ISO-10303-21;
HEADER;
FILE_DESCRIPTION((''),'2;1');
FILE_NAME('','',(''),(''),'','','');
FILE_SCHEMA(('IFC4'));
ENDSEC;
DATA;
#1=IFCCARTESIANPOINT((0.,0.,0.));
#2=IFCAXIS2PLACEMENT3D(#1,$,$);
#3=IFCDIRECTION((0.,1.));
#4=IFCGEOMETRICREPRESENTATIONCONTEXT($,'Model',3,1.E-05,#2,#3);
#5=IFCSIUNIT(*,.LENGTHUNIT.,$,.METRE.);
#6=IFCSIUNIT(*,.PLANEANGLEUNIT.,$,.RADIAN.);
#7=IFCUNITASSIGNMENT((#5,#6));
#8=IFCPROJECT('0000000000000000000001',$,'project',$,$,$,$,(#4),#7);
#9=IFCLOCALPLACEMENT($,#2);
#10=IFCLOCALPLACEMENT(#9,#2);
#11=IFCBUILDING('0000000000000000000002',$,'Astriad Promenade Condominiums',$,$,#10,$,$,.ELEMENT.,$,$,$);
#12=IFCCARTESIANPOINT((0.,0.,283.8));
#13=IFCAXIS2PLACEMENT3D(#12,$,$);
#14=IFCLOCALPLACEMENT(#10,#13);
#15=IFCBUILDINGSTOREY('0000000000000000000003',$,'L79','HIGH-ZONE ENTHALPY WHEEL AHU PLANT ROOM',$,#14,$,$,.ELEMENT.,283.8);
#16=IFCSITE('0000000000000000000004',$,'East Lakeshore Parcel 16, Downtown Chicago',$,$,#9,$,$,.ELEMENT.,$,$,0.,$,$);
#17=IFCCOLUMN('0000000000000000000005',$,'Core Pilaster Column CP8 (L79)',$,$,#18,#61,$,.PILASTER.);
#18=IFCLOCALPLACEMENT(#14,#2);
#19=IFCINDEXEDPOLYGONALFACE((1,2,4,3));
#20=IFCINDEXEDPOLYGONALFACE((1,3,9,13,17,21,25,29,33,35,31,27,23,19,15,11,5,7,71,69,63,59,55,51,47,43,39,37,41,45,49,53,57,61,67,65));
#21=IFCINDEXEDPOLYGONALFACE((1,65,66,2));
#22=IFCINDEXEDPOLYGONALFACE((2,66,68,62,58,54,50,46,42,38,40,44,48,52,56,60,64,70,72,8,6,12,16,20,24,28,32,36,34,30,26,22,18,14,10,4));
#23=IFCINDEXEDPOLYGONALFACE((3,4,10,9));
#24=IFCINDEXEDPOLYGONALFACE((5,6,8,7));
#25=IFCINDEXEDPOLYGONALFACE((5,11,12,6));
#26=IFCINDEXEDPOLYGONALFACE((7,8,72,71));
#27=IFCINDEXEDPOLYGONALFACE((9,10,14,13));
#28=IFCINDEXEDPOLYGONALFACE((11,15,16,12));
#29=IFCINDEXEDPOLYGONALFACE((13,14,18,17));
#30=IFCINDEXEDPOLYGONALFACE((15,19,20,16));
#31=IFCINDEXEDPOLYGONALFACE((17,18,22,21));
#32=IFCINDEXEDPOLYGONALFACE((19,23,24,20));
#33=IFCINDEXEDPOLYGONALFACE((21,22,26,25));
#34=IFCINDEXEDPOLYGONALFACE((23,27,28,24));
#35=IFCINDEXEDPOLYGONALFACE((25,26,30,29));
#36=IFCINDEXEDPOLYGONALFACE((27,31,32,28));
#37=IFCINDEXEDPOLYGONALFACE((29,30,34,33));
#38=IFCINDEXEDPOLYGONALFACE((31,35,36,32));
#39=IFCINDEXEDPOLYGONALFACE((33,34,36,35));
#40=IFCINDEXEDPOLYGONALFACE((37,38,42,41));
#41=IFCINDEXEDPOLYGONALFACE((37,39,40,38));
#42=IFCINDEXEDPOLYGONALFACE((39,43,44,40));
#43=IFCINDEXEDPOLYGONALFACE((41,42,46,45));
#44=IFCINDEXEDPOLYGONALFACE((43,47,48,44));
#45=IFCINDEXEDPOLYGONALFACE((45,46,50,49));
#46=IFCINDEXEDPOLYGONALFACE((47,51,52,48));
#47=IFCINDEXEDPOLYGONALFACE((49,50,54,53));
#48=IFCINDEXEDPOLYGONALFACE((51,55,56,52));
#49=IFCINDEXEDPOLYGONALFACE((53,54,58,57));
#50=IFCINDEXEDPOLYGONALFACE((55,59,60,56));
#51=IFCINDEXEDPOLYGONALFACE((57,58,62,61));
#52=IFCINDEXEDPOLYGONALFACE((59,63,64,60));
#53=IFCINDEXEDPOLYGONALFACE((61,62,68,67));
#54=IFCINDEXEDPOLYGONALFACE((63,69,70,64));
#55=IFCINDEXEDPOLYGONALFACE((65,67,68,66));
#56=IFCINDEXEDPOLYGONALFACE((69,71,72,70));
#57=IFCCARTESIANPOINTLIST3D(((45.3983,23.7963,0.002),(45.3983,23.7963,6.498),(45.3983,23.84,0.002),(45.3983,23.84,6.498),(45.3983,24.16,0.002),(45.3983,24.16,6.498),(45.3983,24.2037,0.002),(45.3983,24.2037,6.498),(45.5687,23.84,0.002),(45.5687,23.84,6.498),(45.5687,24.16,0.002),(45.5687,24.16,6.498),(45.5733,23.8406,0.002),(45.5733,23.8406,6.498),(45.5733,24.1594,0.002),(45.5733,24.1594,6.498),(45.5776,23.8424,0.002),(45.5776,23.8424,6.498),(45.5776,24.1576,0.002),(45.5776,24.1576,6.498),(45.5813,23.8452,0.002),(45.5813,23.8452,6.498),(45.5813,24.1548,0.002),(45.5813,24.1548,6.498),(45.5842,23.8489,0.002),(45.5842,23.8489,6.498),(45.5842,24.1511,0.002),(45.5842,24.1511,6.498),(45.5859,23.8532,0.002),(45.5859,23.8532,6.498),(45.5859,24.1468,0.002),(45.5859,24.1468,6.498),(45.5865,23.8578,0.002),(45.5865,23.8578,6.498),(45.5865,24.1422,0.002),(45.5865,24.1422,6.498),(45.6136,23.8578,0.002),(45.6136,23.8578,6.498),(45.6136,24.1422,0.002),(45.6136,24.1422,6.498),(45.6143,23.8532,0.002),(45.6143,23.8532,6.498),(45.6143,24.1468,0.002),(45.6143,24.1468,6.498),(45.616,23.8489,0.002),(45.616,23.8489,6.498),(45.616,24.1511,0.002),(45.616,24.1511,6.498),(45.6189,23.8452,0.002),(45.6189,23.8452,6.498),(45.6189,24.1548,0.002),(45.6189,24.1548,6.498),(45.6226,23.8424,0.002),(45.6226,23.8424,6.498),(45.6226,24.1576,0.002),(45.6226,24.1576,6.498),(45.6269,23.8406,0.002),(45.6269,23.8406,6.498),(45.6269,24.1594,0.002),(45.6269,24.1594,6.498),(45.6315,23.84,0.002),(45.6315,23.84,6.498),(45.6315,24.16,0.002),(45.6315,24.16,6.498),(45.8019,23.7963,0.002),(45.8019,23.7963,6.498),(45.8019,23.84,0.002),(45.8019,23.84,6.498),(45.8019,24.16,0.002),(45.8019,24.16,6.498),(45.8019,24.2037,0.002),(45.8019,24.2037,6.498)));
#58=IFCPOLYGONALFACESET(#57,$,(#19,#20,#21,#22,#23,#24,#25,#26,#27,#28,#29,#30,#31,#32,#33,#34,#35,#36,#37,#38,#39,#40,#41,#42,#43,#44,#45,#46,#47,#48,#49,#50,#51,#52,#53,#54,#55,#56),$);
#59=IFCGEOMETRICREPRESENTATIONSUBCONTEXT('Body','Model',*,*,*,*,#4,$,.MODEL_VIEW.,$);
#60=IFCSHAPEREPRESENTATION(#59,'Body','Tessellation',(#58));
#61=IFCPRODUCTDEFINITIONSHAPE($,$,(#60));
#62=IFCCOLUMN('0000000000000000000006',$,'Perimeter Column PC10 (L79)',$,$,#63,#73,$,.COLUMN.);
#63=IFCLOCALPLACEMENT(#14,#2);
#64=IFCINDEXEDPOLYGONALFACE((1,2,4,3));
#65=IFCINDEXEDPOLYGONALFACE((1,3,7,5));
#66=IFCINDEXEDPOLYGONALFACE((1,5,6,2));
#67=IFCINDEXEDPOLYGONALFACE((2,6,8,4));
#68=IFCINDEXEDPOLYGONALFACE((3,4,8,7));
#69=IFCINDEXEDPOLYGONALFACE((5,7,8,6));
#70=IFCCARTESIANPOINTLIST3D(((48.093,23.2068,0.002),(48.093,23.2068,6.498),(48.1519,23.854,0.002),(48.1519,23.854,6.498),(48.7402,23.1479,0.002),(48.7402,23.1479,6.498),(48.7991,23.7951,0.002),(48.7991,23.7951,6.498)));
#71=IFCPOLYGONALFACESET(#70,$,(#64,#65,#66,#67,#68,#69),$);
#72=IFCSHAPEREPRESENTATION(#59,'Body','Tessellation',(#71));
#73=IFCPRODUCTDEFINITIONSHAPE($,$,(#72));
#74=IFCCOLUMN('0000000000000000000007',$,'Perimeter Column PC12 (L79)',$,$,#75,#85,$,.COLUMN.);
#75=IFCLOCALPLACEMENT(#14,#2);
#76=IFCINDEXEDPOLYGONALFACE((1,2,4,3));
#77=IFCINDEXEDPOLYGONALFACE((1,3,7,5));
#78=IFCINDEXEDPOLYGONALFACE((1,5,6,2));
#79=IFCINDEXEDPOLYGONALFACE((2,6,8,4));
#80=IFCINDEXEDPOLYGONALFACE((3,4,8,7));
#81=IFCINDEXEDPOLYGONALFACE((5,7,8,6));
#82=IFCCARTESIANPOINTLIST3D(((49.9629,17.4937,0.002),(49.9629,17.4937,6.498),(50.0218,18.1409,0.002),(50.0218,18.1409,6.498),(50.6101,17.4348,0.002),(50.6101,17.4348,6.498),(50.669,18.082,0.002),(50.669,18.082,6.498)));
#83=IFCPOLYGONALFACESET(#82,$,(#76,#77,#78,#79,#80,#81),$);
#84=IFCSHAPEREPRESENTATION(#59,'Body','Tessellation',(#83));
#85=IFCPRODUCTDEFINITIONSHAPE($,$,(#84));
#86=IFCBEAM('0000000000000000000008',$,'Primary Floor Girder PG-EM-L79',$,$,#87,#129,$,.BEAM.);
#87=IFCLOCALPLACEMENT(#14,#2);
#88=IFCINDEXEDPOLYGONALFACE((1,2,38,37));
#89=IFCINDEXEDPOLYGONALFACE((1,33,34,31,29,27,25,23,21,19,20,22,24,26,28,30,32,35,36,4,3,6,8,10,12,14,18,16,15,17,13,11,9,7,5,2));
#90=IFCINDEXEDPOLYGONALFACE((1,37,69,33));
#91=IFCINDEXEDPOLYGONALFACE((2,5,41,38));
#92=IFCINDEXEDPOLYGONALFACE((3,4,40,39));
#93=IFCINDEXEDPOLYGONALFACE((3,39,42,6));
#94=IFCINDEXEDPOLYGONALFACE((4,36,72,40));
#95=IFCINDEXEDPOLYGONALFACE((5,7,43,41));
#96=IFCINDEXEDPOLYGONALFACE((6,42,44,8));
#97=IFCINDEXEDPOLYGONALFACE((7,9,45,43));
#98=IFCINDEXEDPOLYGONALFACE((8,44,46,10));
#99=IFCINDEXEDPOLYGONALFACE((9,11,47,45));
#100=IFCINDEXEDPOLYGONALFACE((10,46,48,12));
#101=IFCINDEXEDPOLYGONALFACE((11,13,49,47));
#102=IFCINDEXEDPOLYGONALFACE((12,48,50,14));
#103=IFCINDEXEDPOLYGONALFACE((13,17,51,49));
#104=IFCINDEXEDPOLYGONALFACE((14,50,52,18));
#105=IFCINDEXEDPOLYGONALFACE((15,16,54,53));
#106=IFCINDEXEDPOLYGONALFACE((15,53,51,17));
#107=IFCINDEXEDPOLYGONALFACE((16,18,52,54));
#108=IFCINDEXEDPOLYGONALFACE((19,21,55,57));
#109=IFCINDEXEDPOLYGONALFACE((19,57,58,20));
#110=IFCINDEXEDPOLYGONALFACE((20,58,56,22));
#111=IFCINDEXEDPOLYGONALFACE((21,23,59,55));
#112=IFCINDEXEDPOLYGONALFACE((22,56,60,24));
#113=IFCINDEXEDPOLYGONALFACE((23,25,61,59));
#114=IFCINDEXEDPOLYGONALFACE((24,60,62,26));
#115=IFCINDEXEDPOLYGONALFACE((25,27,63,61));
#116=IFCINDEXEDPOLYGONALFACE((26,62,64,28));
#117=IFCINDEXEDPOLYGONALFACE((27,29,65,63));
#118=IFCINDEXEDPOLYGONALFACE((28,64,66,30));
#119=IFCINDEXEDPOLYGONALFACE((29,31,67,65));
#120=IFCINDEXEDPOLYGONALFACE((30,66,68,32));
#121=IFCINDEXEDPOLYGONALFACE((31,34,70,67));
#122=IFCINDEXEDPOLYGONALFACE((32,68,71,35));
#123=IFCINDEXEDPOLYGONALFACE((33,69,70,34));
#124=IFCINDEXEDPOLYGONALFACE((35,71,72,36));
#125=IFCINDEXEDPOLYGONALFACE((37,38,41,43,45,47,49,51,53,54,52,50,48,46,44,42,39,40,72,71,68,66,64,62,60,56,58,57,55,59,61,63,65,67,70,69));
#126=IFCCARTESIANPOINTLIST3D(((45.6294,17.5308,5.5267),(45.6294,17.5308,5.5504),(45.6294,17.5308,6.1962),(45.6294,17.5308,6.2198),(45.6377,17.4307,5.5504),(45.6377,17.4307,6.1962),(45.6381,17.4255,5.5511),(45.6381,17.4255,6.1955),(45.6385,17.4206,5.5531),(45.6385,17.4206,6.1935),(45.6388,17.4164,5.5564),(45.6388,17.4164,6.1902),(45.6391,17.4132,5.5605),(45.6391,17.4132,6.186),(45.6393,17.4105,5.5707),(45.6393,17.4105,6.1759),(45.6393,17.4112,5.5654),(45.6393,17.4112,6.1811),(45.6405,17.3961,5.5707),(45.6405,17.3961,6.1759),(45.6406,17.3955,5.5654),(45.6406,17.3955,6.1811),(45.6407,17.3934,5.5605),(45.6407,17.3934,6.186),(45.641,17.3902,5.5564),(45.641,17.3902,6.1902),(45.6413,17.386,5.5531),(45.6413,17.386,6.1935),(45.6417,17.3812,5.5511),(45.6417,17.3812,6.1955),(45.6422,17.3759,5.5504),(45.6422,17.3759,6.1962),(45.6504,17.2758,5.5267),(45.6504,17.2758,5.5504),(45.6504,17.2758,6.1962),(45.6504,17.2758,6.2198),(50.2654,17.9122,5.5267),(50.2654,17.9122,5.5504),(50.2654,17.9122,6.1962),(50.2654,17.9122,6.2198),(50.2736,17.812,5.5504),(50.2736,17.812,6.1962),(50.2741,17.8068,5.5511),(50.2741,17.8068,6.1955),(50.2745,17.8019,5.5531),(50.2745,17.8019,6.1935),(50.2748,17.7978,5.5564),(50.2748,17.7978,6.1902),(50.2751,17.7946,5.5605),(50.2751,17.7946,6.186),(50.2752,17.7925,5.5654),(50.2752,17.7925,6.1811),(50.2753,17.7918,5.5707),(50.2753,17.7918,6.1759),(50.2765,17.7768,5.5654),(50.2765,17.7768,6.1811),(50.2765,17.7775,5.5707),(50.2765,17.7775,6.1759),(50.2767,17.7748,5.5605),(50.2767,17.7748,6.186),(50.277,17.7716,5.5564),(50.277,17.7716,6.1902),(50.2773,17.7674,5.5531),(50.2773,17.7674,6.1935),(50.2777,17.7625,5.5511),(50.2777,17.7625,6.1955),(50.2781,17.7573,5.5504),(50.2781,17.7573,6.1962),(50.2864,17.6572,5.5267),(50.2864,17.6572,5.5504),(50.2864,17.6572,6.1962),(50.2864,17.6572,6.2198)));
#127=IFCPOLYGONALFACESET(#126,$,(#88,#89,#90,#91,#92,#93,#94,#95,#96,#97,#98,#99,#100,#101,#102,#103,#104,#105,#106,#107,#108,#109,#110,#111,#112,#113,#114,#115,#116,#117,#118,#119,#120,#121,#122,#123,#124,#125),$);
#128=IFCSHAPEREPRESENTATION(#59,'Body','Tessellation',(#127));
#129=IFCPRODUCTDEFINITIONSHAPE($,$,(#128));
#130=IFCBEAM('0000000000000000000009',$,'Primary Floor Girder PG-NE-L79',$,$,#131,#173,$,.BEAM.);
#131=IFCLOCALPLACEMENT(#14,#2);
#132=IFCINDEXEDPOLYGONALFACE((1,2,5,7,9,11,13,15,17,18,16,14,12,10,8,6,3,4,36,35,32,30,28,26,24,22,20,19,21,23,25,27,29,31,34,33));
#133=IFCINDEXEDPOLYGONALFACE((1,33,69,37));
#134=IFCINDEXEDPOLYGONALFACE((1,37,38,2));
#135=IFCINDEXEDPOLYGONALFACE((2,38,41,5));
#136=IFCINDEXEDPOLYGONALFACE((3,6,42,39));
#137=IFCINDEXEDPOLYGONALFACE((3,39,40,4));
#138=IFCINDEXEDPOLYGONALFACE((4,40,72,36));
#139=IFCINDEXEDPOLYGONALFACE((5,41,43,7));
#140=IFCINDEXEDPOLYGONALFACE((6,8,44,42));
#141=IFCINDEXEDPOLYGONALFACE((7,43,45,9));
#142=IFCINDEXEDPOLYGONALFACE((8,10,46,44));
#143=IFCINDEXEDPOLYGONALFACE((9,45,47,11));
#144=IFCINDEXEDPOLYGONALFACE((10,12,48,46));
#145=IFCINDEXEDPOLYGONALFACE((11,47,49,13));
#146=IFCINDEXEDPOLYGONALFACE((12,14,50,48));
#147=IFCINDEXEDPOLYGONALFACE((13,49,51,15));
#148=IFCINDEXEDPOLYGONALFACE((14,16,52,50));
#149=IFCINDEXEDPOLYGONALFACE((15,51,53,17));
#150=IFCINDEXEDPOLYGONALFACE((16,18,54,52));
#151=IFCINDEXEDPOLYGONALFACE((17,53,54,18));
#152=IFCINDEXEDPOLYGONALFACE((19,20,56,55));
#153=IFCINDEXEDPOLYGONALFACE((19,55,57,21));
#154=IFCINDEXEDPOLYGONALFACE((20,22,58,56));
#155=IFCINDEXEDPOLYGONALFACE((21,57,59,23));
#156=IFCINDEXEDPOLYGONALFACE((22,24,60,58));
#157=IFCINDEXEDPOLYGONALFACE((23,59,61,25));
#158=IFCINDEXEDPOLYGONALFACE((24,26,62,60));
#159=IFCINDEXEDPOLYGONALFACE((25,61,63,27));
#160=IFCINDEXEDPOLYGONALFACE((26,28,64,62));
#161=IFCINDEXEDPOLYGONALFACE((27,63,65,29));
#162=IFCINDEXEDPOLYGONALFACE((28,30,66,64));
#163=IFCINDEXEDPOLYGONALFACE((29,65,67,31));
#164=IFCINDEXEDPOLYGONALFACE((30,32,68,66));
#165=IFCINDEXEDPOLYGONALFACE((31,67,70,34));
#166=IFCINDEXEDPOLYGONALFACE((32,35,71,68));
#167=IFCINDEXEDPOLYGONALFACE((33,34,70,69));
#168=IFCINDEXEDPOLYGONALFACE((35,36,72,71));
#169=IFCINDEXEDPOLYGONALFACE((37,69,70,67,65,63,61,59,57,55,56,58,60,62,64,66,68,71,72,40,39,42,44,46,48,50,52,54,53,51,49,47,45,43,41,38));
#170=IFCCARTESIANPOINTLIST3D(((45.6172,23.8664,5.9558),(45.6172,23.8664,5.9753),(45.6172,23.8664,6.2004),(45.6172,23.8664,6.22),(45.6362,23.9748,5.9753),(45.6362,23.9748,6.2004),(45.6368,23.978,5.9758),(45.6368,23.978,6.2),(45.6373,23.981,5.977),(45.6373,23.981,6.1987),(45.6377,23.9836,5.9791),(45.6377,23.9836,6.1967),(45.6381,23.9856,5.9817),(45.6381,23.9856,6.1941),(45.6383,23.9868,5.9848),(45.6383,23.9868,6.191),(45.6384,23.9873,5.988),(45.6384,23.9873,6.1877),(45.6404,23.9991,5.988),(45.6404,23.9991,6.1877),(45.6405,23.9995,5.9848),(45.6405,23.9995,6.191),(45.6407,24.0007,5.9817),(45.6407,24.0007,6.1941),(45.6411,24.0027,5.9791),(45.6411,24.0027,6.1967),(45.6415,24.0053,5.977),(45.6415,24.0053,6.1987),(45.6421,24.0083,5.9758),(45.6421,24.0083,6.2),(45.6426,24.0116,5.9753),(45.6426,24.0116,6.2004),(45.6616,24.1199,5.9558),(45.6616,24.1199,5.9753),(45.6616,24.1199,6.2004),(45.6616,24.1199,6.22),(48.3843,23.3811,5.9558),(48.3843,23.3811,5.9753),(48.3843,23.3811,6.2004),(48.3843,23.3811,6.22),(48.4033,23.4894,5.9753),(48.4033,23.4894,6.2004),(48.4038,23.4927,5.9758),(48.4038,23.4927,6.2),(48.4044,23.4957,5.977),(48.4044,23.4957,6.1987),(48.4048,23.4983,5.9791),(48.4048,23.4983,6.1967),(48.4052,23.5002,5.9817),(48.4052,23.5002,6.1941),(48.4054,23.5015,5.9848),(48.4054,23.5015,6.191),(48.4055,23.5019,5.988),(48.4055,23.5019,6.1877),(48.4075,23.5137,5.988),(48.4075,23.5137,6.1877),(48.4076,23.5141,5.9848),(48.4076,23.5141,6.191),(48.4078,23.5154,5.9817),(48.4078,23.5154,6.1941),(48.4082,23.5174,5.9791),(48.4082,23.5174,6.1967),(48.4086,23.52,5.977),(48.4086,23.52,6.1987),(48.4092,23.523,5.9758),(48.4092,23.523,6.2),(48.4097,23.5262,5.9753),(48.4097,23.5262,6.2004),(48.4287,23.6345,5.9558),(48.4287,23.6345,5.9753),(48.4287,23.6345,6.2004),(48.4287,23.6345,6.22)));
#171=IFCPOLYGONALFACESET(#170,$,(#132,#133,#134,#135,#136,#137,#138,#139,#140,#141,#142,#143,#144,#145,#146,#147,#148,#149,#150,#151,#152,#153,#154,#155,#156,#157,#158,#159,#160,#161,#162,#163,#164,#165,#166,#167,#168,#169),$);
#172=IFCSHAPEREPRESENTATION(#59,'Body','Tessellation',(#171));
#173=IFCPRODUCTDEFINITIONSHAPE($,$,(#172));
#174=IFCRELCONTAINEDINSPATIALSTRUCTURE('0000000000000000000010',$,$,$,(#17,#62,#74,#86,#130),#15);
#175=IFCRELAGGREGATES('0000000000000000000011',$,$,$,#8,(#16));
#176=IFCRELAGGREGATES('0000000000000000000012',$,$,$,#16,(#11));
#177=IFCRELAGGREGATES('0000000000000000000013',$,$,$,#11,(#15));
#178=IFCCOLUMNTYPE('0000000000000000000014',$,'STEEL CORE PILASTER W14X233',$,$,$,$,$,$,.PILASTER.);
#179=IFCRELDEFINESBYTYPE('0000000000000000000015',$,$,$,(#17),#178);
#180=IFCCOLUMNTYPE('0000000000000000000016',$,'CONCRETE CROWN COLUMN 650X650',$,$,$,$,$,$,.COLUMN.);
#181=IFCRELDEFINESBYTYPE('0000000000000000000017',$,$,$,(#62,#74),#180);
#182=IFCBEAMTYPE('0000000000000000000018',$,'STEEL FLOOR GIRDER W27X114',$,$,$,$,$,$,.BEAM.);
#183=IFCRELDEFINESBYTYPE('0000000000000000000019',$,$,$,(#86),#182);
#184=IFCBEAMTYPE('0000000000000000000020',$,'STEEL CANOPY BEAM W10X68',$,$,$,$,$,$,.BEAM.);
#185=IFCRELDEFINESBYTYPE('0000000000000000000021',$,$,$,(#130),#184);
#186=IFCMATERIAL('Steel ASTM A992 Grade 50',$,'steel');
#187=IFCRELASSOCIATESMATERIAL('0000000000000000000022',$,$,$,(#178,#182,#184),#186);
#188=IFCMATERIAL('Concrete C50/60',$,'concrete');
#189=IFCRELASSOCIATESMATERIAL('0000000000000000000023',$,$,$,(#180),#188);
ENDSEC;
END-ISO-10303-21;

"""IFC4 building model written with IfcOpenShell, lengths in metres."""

from ifc_helpers import new_model, si_unit, direction, frame, origin, origin_2d, place, context, subcontext, project, spatial, rectangle, i_section, extrude, source, transform, mapped, material, material_profile, profile_set, type_object, type_shapes, element, save


model = new_model("IFC4")

# Units and contexts
model_context = context("Model", 3, precision=1e-05, world=origin(), true_north=direction((0.0, 1.0)))
body_context = subcontext(model_context, "Body", "Model", "MODEL_VIEW")
ifc_project = project(units=[si_unit("LENGTHUNIT", "METRE"), si_unit("PLANEANGLEUNIT", "RADIAN")], contexts=[model_context])

# Site, building, storey
site_placement = place(None, origin())
site = spatial("IfcSite", under=ifc_project, at=site_placement, Name="East Lakeshore Parcel 16, Downtown Chicago", CompositionType="ELEMENT", RefElevation=0.0)
building_placement = place(site_placement, origin())
building = spatial("IfcBuilding", under=site, at=building_placement, Name="Astriad Promenade Condominiums", CompositionType="ELEMENT")
storey_placement = place(building_placement, frame((0.0, 0.0, 283.8)))
storey = spatial("IfcBuildingStorey", under=building, at=storey_placement, Name="L79", Description="HIGH-ZONE ENTHALPY WHEEL AHU PLANT ROOM", CompositionType="ELEMENT", Elevation=283.8)

# Columns
ifc_material_1 = material(Name="Steel ASTM A992 Grade 50", Category="steel")
ifc_material_profile_1 = material_profile(ifc_material_1, i_section(OverallWidth=0.4036, OverallDepth=0.4075, WebThickness=0.0271, FlangeThickness=0.0437, FilletRadius=0.0178, at=origin_2d()), Name="W14X233")
ifc_profile_set_1 = profile_set([ifc_material_profile_1], Name="Steel ASTM A992 Grade 50")
column_type_1 = type_object("IfcColumnType", Name="STEEL CORE PILASTER W14X233", PredefinedType="PILASTER", material=ifc_profile_set_1)
shared_shape_1 = source(origin(), body_context, "Body", "SweptSolid", [
    extrude(i_section(OverallWidth=0.4036, OverallDepth=0.4075, WebThickness=0.0271, FlangeThickness=0.0437, FilletRadius=0.0178, at=origin_2d()), origin(), (0.0, 0.0, 1.0), 6.4961),
])
type_shapes(column_type_1, [shared_shape_1])
column_placement = place(storey_placement, frame((45.6001, 24.0, 0.002), z_axis=(0.0, 0.0, 1.0), x_axis=(1.0, 0.0, 0.0)))
element("IfcColumn", 1, at=column_placement, inside=storey, type_object=column_type_1, Name="Core Pilaster Column CP8 (L79)", PredefinedType="PILASTER", context=body_context, shape_type="MappedRepresentation", body=[
    mapped(shared_shape_1, transform((0.0, 0.0, 0.0), scale=1.0)),
])
ifc_material_2 = material(Name="Concrete C50/60", Category="concrete")
ifc_material_profile_2 = material_profile(ifc_material_2, rectangle(XDim=0.6499, YDim=0.6499, at=origin_2d()), Name="RC-COL-650X650")
ifc_profile_set_2 = profile_set([ifc_material_profile_2], Name="Concrete C50/60")
column_type_2 = type_object("IfcColumnType", Name="CONCRETE CROWN COLUMN 650X650", PredefinedType="COLUMN", material=ifc_profile_set_2)
shared_shape_2 = source(origin(), body_context, "Body", "SweptSolid", [
    extrude(rectangle(XDim=0.6499, YDim=0.6499, at=origin_2d()), origin(), (0.0, 0.0, 1.0), 6.4961),
])
type_shapes(column_type_2, [shared_shape_2])
for number, where, z_axis, x_axis, name in (
    (2, (48.446, 23.501, 0.002), (0.0, 0.0, 1.0), (0.995884, -0.090633, 0.0), "Perimeter Column PC10 (L79)"),
    (3, (50.3159, 17.7878, 0.002), (0.0, 0.0, 1.0), (0.995884, -0.090633, 0.0), "Perimeter Column PC12 (L79)"),
):
    element("IfcColumn", number, at=place(storey_placement, frame(where, z_axis=z_axis, x_axis=x_axis)), inside=storey, type_object=column_type_2, Name=name, PredefinedType="COLUMN", context=body_context, shape_type="MappedRepresentation", body=[
        mapped(shared_shape_2, transform((0.0, 0.0, 0.0), scale=1.0)),
    ])

# Beams
ifc_material_profile_3 = material_profile(ifc_material_1, i_section(OverallWidth=0.2559, OverallDepth=0.6931, WebThickness=0.0144, FlangeThickness=0.0237, FilletRadius=0.0203, at=origin_2d()), Name="W27X114")
ifc_profile_set_3 = profile_set([ifc_material_profile_3], Name="Steel ASTM A992 Grade 50")
beam_type_1 = type_object("IfcBeamType", Name="STEEL FLOOR GIRDER W27X114", PredefinedType="BEAM", material=ifc_profile_set_3)
shared_shape_3 = source(origin(), body_context, "Body", "SweptSolid", [
    extrude(i_section(OverallWidth=0.2559, OverallDepth=0.6931, WebThickness=0.0144, FlangeThickness=0.0237, FilletRadius=0.0203, at=origin_2d()), origin(), (0.0, 0.0, 1.0), 4.6516),
])
type_shapes(beam_type_1, [shared_shape_3])
beam_1_placement = place(storey_placement, frame((50.2759, 17.7847, 5.8733), z_axis=(-0.996634, -0.081981, 0.0), x_axis=(0.081981, -0.996634, 0.0)))
element("IfcBeam", 4, at=beam_1_placement, inside=storey, type_object=beam_type_1, Name="Primary Floor Girder PG-EM-L79", PredefinedType="BEAM", context=body_context, shape_type="MappedRepresentation", body=[
    mapped(shared_shape_3, transform((0.0, 0.0, 0.0), scale=1.0)),
])
ifc_material_profile_4 = material_profile(ifc_material_1, i_section(OverallWidth=0.2573, OverallDepth=0.2642, WebThickness=0.012, FlangeThickness=0.0195, FilletRadius=0.0127, at=origin_2d()), Name="W10X68")
ifc_profile_set_4 = profile_set([ifc_material_profile_4], Name="Steel ASTM A992 Grade 50")
beam_type_2 = type_object("IfcBeamType", Name="STEEL CANOPY BEAM W10X68", PredefinedType="BEAM", material=ifc_profile_set_4)
shared_shape_4 = source(origin(), body_context, "Body", "SweptSolid", [
    extrude(i_section(OverallWidth=0.2573, OverallDepth=0.2642, WebThickness=0.012, FlangeThickness=0.0195, FilletRadius=0.0127, at=origin_2d()), origin(), (0.0, 0.0, 1.0), 2.8093),
])
type_shapes(beam_type_2, [shared_shape_4])
beam_2_placement = place(storey_placement, frame((48.4065, 23.5078, 6.0879), z_axis=(-0.984963, 0.172764, 0.0), x_axis=(-0.172764, -0.984963, 0.0)))
element("IfcBeam", 5, at=beam_2_placement, inside=storey, type_object=beam_type_2, Name="Primary Floor Girder PG-NE-L79", PredefinedType="BEAM", context=body_context, shape_type="MappedRepresentation", body=[
    mapped(shared_shape_4, transform((0.0, 0.0, 0.0), scale=1.0)),
])

save(model, "model.ifc")
